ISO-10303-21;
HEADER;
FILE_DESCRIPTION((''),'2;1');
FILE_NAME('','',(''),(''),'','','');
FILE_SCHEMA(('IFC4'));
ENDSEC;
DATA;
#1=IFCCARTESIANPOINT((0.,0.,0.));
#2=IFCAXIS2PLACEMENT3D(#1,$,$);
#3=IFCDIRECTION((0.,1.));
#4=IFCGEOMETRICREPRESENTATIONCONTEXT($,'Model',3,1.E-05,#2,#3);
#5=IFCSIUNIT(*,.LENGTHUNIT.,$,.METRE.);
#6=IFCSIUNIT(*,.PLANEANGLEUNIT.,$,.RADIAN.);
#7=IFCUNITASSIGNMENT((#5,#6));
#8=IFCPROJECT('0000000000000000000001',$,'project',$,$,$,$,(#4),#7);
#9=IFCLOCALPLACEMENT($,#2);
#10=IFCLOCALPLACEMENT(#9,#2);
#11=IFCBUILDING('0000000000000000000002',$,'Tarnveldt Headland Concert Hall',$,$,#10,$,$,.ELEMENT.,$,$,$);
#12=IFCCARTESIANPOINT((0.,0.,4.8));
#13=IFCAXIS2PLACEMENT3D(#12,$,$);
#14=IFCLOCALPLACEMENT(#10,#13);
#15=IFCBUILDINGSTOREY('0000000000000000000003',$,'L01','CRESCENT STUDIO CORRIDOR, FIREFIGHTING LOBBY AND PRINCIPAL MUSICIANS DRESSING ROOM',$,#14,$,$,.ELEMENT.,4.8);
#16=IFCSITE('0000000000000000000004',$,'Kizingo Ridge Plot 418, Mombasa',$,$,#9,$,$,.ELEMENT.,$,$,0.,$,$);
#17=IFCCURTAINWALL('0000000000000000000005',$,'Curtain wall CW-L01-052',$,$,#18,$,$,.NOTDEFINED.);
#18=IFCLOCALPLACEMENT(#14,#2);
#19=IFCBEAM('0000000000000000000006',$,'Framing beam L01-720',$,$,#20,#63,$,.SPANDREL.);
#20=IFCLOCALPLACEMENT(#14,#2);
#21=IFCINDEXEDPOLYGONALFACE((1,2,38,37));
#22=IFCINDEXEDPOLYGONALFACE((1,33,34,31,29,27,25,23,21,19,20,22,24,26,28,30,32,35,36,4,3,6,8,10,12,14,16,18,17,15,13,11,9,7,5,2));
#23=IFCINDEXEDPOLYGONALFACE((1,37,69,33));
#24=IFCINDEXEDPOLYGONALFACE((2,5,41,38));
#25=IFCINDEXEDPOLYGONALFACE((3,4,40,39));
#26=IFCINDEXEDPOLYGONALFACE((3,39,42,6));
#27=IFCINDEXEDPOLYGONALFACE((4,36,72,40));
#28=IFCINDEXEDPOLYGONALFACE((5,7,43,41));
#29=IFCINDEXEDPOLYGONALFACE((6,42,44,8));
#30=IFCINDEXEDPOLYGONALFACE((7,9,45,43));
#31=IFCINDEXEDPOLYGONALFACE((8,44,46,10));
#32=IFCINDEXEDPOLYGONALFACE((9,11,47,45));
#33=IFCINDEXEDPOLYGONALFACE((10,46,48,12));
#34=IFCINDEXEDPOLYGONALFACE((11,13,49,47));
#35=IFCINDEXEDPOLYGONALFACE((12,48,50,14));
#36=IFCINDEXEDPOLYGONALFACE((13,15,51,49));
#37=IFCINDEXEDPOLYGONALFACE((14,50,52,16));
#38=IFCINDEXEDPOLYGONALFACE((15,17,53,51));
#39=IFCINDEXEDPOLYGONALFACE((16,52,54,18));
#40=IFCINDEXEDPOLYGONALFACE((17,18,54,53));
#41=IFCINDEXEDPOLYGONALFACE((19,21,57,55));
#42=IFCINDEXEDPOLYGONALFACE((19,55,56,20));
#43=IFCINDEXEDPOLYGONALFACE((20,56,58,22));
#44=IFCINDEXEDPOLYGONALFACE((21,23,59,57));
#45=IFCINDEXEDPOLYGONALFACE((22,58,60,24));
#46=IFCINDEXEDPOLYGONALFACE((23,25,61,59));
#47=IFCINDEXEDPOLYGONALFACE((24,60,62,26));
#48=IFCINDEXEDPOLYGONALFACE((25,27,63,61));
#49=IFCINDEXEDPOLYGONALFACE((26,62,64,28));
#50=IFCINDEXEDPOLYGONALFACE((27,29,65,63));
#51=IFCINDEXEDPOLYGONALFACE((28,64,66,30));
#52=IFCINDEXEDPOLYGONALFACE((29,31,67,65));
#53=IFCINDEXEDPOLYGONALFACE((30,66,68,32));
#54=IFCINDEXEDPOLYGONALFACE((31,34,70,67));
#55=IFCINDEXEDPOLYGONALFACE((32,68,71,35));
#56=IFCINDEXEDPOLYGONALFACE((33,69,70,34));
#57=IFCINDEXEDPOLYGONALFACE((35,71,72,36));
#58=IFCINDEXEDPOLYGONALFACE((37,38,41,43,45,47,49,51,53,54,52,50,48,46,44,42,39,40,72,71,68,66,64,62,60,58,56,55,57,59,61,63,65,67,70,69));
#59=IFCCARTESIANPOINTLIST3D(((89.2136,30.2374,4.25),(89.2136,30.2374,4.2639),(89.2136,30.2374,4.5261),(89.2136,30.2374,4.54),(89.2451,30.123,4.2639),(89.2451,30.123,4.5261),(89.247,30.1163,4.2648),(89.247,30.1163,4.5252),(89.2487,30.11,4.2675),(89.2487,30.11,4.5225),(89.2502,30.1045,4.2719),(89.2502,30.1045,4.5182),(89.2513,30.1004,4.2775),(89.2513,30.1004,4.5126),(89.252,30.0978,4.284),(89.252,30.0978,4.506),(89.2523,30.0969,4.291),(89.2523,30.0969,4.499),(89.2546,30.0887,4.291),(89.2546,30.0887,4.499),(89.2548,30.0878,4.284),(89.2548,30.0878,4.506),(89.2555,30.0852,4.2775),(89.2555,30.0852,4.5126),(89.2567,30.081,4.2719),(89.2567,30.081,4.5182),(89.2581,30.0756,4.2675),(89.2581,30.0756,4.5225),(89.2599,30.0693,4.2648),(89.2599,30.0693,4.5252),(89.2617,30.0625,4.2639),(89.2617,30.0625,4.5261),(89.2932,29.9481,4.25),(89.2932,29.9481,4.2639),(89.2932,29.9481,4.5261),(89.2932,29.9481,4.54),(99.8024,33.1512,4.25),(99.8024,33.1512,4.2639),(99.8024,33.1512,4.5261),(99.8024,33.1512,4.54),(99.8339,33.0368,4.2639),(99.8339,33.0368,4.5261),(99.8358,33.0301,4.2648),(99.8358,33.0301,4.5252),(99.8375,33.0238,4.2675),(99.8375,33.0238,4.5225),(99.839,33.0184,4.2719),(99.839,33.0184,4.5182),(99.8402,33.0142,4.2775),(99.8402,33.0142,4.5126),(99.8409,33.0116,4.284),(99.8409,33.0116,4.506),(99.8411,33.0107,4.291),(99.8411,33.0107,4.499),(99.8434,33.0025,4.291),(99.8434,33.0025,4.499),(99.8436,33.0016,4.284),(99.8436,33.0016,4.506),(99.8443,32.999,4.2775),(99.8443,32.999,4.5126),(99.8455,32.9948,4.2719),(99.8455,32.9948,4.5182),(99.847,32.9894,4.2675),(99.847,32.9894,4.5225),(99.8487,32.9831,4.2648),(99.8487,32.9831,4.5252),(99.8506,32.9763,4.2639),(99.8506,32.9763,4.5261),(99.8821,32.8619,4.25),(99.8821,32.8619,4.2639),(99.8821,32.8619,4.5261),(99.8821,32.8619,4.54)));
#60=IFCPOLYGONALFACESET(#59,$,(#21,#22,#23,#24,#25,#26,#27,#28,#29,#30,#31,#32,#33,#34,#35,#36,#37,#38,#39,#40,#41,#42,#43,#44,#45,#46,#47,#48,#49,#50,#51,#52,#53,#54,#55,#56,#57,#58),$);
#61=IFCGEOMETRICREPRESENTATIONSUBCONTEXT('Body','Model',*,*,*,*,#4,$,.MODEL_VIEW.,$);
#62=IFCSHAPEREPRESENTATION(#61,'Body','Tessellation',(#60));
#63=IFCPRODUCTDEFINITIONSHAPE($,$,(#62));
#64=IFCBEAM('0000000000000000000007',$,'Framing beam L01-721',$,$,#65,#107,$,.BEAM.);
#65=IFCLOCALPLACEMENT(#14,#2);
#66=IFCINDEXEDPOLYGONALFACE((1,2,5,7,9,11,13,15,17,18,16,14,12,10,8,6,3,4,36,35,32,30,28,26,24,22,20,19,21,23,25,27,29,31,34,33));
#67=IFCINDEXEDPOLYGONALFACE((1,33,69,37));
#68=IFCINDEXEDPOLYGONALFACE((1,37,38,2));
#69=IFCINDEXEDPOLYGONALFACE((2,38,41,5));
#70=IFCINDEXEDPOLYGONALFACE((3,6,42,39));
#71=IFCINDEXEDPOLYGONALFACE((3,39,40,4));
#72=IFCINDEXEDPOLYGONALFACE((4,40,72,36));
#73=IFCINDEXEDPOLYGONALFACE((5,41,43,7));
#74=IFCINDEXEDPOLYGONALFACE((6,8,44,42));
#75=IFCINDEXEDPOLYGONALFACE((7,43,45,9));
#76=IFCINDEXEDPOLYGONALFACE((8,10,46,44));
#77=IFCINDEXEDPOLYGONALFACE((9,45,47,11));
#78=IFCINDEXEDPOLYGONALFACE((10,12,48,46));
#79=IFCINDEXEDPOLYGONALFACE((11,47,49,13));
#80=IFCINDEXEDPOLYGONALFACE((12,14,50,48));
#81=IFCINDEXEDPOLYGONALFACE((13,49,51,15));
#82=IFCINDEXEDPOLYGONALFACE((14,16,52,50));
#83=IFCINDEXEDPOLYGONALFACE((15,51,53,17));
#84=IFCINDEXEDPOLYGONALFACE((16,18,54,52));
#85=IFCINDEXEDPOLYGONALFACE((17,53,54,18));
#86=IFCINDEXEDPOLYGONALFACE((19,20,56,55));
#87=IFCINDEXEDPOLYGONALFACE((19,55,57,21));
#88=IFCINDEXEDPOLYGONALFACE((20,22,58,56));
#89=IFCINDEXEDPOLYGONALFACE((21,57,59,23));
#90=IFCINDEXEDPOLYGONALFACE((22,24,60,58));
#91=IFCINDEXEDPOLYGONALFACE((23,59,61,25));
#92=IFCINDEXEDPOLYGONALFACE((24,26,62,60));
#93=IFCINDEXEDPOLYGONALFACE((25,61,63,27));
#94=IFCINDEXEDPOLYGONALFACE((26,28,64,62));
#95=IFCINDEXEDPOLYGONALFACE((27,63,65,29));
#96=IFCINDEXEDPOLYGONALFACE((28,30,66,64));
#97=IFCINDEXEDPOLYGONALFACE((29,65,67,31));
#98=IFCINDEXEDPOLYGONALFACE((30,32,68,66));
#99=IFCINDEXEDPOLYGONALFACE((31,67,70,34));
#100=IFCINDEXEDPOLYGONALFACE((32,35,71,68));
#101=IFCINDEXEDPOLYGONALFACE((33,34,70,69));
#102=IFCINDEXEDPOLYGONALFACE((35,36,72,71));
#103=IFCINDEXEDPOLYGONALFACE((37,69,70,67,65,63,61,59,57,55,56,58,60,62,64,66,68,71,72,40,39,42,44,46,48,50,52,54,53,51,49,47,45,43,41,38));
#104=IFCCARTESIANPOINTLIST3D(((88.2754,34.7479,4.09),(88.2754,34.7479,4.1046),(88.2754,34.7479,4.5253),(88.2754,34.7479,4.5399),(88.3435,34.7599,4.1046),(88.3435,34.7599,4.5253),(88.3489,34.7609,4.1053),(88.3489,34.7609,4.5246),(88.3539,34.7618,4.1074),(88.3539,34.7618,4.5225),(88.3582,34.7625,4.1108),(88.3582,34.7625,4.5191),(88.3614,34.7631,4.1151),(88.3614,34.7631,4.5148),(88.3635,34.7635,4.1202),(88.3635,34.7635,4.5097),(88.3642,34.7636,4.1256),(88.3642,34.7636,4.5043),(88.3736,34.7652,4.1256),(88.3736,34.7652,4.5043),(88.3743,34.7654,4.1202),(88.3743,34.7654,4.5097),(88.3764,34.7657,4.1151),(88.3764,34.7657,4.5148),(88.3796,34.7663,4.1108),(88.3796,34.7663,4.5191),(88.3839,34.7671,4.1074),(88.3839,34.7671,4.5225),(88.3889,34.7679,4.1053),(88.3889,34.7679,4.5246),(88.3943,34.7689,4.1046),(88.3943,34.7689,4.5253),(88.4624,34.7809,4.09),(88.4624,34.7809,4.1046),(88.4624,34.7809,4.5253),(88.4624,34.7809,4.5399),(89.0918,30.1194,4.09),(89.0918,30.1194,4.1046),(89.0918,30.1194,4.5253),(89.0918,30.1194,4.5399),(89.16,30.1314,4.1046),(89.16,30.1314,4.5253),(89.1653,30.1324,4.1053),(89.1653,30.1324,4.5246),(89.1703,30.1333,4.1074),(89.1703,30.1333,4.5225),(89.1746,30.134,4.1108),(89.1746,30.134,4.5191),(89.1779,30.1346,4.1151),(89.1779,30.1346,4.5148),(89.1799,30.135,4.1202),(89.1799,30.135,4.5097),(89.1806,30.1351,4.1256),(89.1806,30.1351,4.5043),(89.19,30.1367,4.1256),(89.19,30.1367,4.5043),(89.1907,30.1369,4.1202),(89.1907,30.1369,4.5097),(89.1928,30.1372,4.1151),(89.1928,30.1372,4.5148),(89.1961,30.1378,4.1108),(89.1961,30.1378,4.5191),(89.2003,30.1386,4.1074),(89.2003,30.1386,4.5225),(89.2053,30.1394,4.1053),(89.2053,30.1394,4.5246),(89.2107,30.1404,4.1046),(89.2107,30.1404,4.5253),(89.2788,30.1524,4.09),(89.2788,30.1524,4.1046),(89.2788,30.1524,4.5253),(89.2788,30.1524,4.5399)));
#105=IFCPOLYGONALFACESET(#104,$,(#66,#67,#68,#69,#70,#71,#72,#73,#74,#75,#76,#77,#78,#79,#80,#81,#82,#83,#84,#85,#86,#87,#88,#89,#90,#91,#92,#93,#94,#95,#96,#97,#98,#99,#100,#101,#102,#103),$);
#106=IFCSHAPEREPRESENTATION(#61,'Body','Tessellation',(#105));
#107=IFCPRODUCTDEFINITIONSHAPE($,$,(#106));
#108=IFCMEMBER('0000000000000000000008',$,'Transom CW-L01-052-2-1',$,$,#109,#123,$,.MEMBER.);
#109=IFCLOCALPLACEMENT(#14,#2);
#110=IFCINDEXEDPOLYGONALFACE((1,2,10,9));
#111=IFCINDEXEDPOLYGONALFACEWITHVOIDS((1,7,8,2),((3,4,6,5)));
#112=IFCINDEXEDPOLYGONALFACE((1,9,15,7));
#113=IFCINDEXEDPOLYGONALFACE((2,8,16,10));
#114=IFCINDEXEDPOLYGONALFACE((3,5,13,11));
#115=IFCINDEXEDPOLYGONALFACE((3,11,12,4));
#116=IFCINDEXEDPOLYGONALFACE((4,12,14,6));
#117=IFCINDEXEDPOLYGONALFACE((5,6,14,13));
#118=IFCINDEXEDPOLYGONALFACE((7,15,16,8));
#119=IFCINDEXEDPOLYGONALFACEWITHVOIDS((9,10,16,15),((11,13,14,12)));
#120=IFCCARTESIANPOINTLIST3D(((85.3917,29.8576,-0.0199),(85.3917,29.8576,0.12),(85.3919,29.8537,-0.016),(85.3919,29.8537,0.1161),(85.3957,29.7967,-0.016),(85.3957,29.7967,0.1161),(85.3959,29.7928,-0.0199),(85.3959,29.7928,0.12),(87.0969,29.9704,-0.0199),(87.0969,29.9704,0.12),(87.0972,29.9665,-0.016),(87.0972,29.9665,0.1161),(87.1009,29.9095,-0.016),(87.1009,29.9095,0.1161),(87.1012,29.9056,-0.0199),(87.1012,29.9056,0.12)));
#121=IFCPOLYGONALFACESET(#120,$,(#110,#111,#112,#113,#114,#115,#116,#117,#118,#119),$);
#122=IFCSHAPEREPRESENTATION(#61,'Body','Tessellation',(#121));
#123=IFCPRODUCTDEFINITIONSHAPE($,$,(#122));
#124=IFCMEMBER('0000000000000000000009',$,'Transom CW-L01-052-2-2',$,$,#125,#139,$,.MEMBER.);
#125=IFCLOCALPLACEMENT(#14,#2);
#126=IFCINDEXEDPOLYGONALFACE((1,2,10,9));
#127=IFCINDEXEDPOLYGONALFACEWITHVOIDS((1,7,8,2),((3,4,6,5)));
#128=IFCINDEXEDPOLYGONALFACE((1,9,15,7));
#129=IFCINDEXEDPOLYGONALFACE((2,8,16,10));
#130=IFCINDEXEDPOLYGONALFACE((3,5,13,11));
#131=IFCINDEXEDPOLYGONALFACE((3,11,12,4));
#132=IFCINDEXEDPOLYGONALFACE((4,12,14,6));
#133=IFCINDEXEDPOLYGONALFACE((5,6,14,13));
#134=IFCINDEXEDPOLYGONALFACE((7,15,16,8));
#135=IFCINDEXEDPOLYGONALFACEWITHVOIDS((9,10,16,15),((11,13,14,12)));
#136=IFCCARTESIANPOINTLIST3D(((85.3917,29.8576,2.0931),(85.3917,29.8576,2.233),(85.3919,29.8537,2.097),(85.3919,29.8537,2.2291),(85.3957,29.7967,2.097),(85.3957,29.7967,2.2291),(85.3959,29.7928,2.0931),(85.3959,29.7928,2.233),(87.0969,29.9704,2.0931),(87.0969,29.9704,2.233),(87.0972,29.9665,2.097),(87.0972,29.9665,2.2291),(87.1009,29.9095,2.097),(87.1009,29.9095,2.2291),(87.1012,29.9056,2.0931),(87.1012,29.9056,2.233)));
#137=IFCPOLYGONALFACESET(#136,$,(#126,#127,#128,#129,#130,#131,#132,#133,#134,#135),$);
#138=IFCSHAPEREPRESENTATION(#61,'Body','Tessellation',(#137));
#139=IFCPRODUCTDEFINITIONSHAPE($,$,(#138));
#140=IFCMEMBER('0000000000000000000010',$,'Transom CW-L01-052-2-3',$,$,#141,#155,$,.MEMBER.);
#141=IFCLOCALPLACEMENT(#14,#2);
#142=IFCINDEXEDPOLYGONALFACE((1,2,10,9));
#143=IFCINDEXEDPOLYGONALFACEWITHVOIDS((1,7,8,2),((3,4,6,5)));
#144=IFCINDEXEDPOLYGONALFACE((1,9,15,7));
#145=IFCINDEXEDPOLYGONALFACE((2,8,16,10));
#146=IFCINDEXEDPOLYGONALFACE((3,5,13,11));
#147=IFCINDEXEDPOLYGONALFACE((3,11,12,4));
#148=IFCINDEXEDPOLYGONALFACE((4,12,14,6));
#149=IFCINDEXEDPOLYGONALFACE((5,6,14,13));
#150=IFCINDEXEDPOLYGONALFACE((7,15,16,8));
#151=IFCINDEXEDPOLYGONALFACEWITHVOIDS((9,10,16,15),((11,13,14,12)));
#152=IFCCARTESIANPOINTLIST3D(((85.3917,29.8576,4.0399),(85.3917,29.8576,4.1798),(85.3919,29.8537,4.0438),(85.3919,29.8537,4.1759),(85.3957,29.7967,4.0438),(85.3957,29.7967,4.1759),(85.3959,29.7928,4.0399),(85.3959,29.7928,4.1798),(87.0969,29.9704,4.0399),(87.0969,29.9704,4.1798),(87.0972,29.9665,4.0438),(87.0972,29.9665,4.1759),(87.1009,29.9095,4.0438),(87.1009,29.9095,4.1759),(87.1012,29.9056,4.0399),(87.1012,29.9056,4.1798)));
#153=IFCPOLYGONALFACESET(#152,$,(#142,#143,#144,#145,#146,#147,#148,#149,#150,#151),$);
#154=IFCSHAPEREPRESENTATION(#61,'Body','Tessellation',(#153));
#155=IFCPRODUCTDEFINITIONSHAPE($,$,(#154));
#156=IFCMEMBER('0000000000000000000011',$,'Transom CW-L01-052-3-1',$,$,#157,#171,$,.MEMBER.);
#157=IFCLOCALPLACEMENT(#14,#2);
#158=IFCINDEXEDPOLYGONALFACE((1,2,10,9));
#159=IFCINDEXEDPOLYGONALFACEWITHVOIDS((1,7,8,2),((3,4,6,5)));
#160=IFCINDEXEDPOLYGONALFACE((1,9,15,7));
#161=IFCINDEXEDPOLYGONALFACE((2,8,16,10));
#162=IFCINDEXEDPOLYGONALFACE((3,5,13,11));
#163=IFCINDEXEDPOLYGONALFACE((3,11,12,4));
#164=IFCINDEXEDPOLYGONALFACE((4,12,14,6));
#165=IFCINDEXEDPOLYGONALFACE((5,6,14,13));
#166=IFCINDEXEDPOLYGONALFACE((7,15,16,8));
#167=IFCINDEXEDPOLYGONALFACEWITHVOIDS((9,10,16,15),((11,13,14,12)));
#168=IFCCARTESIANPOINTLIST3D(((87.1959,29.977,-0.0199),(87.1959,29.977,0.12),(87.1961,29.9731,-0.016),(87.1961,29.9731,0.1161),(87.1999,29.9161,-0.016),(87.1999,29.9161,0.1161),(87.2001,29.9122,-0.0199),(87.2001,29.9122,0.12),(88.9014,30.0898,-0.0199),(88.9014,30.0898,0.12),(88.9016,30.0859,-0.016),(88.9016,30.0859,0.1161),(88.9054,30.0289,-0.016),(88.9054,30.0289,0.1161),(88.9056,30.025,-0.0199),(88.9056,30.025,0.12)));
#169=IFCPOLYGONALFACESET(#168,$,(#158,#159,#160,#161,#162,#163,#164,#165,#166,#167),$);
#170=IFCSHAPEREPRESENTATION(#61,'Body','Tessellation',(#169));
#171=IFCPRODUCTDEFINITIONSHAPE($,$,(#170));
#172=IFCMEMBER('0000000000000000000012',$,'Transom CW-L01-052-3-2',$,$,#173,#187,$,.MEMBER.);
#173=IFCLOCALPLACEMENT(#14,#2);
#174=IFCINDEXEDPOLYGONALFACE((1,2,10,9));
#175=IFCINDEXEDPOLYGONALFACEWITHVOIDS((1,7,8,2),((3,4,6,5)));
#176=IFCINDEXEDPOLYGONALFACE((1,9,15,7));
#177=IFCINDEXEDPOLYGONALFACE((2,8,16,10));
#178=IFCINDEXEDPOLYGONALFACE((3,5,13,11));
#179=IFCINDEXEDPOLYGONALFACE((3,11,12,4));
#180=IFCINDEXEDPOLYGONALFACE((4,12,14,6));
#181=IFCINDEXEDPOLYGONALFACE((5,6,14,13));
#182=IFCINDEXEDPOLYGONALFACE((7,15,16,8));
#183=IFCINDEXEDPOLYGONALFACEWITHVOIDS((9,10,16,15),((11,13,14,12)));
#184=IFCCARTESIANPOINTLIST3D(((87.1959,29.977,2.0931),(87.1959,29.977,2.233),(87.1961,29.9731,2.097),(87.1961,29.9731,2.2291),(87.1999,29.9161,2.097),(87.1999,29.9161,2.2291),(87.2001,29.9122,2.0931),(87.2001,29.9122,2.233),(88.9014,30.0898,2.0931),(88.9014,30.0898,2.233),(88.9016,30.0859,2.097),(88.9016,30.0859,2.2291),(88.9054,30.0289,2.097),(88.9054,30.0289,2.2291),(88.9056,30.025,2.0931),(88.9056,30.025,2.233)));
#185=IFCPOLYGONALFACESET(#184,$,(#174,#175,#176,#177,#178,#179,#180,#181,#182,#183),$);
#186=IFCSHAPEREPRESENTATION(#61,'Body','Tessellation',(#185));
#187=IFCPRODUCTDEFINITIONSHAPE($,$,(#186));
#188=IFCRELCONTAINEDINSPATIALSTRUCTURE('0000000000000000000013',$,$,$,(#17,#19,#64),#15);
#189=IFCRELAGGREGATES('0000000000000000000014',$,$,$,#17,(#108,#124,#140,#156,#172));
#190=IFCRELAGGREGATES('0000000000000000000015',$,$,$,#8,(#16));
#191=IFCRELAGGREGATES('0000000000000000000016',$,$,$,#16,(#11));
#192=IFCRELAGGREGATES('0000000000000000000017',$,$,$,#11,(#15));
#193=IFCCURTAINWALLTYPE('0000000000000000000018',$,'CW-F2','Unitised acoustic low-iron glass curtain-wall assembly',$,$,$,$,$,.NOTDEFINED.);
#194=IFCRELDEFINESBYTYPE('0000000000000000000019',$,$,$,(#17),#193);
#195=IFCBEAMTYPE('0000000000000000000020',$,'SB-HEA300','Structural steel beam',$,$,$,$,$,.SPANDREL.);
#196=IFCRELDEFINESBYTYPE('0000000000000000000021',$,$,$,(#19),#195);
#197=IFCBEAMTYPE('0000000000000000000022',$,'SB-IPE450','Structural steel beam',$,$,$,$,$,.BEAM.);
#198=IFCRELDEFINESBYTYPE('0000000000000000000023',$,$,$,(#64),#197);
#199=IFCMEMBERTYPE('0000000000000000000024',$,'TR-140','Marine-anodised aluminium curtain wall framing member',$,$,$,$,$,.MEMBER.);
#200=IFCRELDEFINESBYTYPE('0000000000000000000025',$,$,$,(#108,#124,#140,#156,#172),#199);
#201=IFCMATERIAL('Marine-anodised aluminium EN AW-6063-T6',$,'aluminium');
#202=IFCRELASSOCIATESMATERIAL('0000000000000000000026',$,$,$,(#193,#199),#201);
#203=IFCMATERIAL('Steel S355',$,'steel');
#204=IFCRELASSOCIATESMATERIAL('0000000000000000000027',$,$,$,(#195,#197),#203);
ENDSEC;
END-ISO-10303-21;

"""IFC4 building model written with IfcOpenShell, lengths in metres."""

from ifc_helpers import new_model, si_unit, direction, frame, origin, origin_2d, place, context, subcontext, project, spatial, hollow_rectangle, i_section, extrude, material, material_profile, profile_set, type_object, element, aggregate, save


model = new_model("IFC4")

# Units and contexts
model_context = context("Model", 3, precision=1e-05, world=origin(), true_north=direction((0.0, 1.0)))
body_context = subcontext(model_context, "Body", "Model", "MODEL_VIEW")
ifc_project = project(units=[si_unit("LENGTHUNIT", "METRE"), si_unit("PLANEANGLEUNIT", "RADIAN")], contexts=[model_context])

# Site, building, storey
site_placement = place(None, origin())
site = spatial("IfcSite", under=ifc_project, at=site_placement, Name="Kizingo Ridge Plot 418, Mombasa", CompositionType="ELEMENT", RefElevation=0.0)
building_placement = place(site_placement, origin())
building = spatial("IfcBuilding", under=site, at=building_placement, Name="Tarnveldt Headland Concert Hall", CompositionType="ELEMENT")
storey_placement = place(building_placement, frame((0.0, 0.0, 4.8)))
storey = spatial("IfcBuildingStorey", under=building, at=storey_placement, Name="L01", Description="CRESCENT STUDIO CORRIDOR, FIREFIGHTING LOBBY AND PRINCIPAL MUSICIANS DRESSING ROOM", CompositionType="ELEMENT", Elevation=4.8)

# Shared definitions
ifc_material_1 = material(Name="Steel S355", Category="steel")

# Curtain wall
ifc_material_2 = material(Name="Marine-anodised aluminium EN AW-6063-T6", Category="aluminium")
curtain_wall_type = type_object("IfcCurtainWallType", Name="CW-F2", Description="Unitised acoustic low-iron glass curtain-wall assembly", PredefinedType="NOTDEFINED", material=ifc_material_2)
curtain_wall_1_placement = place(storey_placement, origin())
curtain_wall_1 = element("IfcCurtainWall", 1, at=curtain_wall_1_placement, inside=storey, type_object=curtain_wall_type, Name="Curtain wall CW-L01-052", PredefinedType="NOTDEFINED")

# Beams
ifc_material_profile_1 = material_profile(ifc_material_1, i_section(OverallWidth=0.3, OverallDepth=0.29, WebThickness=0.0085, FlangeThickness=0.0139, FilletRadius=0.0271, at=origin_2d()), Name="HEA300", Category="steel")
ifc_profile_set_1 = profile_set([ifc_material_profile_1], Name="Steel S355")
beam_type_1 = type_object("IfcBeamType", Name="SB-HEA300", Description="Structural steel beam", PredefinedType="SPANDREL", material=ifc_profile_set_1)
beam_1_placement = place(storey_placement, frame((89.2534, 30.0928, 4.395), z_axis=(0.964162, 0.265316, 0.0), x_axis=(-0.265316, 0.964162, 0.0)))
element("IfcBeam", 2, at=beam_1_placement, inside=storey, type_object=beam_type_1, Name="Framing beam L01-720", PredefinedType="SPANDREL", context=body_context, shape_type="SweptSolid", body=[
    extrude(i_section(OverallWidth=0.3, OverallDepth=0.29, WebThickness=0.0085, FlangeThickness=0.0139, FilletRadius=0.0271, at=origin_2d()), origin(), (0.0, 0.0, 1.0), 10.9824),
])
ifc_material_profile_2 = material_profile(ifc_material_1, i_section(OverallWidth=0.1899, OverallDepth=0.45, WebThickness=0.0095, FlangeThickness=0.0146, FilletRadius=0.021, at=origin_2d()), Name="IPE450", Category="steel")
ifc_profile_set_2 = profile_set([ifc_material_profile_2], Name="Steel S355")
beam_type_2 = type_object("IfcBeamType", Name="SB-IPE450", Description="Structural steel beam", PredefinedType="BEAM", material=ifc_profile_set_2)
beam_2_placement = place(storey_placement, frame((88.3689, 34.7644, 4.3149), z_axis=(0.173708, -0.984797, 0.0), x_axis=(0.984797, 0.173708, 0.0)))
element("IfcBeam", 3, at=beam_2_placement, inside=storey, type_object=beam_type_2, Name="Framing beam L01-721", PredefinedType="BEAM", context=body_context, shape_type="SweptSolid", body=[
    extrude(i_section(OverallWidth=0.1899, OverallDepth=0.45, WebThickness=0.0095, FlangeThickness=0.0146, FilletRadius=0.021, at=origin_2d()), origin(), (0.0, 0.0, 1.0), 4.7),
])

# Members
ifc_material_profile_3 = material_profile(ifc_material_2, hollow_rectangle(XDim=0.0649, YDim=0.1399, WallThickness=0.0039, at=origin_2d()), Name="ALU TRANSOM 65x140x4", Category="aluminium")
ifc_profile_set_3 = profile_set([ifc_material_profile_3], Name="Marine-anodised aluminium EN AW-6063-T6")
member_type_1 = type_object("IfcMemberType", Name="TR-140", Description="Marine-anodised aluminium curtain wall framing member", PredefinedType="MEMBER", material=ifc_profile_set_3)
member_1_placement = place(storey_placement, frame((85.3938, 29.8252, 0.05), z_axis=(0.99782, 0.065998, 0.0), x_axis=(-0.065998, 0.99782, 0.0)))
member_1 = element("IfcMember", 4, at=member_1_placement, type_object=member_type_1, Name="Transom CW-L01-052-2-1", PredefinedType="MEMBER", context=body_context, shape_type="SweptSolid", body=[
    extrude(hollow_rectangle(XDim=0.0649, YDim=0.1399, WallThickness=0.0039, at=origin_2d()), origin(), (0.0, 0.0, 1.0), 1.709),
])
member_2_placement = place(storey_placement, frame((85.3938, 29.8252, 2.1631), z_axis=(0.99782, 0.065998, 0.0), x_axis=(-0.065998, 0.99782, 0.0)))
member_2 = element("IfcMember", 5, at=member_2_placement, type_object=member_type_1, Name="Transom CW-L01-052-2-2", PredefinedType="MEMBER", context=body_context, shape_type="SweptSolid", body=[
    extrude(hollow_rectangle(XDim=0.0649, YDim=0.1399, WallThickness=0.0039, at=origin_2d()), origin(), (0.0, 0.0, 1.0), 1.709),
])
member_3_placement = place(storey_placement, frame((85.3938, 29.8252, 4.1099), z_axis=(0.99782, 0.065998, 0.0), x_axis=(-0.065998, 0.99782, 0.0)))
member_3 = element("IfcMember", 6, at=member_3_placement, type_object=member_type_1, Name="Transom CW-L01-052-2-3", PredefinedType="MEMBER", context=body_context, shape_type="SweptSolid", body=[
    extrude(hollow_rectangle(XDim=0.0649, YDim=0.1399, WallThickness=0.0039, at=origin_2d()), origin(), (0.0, 0.0, 1.0), 1.709),
])
member_4_placement = place(storey_placement, frame((87.198, 29.9446, 0.05), z_axis=(0.99782, 0.065988, 0.0), x_axis=(-0.065988, 0.99782, 0.0)))
member_4 = element("IfcMember", 7, at=member_4_placement, type_object=member_type_1, Name="Transom CW-L01-052-3-1", PredefinedType="MEMBER", context=body_context, shape_type="SweptSolid", body=[
    extrude(hollow_rectangle(XDim=0.0649, YDim=0.1399, WallThickness=0.0039, at=origin_2d()), origin(), (0.0, 0.0, 1.0), 1.7092),
])
member_5_placement = place(storey_placement, frame((87.198, 29.9446, 2.1631), z_axis=(0.99782, 0.065988, 0.0), x_axis=(-0.065988, 0.99782, 0.0)))
member_5 = element("IfcMember", 8, at=member_5_placement, type_object=member_type_1, Name="Transom CW-L01-052-3-2", PredefinedType="MEMBER", context=body_context, shape_type="SweptSolid", body=[
    extrude(hollow_rectangle(XDim=0.0649, YDim=0.1399, WallThickness=0.0039, at=origin_2d()), origin(), (0.0, 0.0, 1.0), 1.7092),
])

aggregate(curtain_wall_1, [member_1, member_2, member_3, member_4, member_5])

save(model, "model.ifc")
